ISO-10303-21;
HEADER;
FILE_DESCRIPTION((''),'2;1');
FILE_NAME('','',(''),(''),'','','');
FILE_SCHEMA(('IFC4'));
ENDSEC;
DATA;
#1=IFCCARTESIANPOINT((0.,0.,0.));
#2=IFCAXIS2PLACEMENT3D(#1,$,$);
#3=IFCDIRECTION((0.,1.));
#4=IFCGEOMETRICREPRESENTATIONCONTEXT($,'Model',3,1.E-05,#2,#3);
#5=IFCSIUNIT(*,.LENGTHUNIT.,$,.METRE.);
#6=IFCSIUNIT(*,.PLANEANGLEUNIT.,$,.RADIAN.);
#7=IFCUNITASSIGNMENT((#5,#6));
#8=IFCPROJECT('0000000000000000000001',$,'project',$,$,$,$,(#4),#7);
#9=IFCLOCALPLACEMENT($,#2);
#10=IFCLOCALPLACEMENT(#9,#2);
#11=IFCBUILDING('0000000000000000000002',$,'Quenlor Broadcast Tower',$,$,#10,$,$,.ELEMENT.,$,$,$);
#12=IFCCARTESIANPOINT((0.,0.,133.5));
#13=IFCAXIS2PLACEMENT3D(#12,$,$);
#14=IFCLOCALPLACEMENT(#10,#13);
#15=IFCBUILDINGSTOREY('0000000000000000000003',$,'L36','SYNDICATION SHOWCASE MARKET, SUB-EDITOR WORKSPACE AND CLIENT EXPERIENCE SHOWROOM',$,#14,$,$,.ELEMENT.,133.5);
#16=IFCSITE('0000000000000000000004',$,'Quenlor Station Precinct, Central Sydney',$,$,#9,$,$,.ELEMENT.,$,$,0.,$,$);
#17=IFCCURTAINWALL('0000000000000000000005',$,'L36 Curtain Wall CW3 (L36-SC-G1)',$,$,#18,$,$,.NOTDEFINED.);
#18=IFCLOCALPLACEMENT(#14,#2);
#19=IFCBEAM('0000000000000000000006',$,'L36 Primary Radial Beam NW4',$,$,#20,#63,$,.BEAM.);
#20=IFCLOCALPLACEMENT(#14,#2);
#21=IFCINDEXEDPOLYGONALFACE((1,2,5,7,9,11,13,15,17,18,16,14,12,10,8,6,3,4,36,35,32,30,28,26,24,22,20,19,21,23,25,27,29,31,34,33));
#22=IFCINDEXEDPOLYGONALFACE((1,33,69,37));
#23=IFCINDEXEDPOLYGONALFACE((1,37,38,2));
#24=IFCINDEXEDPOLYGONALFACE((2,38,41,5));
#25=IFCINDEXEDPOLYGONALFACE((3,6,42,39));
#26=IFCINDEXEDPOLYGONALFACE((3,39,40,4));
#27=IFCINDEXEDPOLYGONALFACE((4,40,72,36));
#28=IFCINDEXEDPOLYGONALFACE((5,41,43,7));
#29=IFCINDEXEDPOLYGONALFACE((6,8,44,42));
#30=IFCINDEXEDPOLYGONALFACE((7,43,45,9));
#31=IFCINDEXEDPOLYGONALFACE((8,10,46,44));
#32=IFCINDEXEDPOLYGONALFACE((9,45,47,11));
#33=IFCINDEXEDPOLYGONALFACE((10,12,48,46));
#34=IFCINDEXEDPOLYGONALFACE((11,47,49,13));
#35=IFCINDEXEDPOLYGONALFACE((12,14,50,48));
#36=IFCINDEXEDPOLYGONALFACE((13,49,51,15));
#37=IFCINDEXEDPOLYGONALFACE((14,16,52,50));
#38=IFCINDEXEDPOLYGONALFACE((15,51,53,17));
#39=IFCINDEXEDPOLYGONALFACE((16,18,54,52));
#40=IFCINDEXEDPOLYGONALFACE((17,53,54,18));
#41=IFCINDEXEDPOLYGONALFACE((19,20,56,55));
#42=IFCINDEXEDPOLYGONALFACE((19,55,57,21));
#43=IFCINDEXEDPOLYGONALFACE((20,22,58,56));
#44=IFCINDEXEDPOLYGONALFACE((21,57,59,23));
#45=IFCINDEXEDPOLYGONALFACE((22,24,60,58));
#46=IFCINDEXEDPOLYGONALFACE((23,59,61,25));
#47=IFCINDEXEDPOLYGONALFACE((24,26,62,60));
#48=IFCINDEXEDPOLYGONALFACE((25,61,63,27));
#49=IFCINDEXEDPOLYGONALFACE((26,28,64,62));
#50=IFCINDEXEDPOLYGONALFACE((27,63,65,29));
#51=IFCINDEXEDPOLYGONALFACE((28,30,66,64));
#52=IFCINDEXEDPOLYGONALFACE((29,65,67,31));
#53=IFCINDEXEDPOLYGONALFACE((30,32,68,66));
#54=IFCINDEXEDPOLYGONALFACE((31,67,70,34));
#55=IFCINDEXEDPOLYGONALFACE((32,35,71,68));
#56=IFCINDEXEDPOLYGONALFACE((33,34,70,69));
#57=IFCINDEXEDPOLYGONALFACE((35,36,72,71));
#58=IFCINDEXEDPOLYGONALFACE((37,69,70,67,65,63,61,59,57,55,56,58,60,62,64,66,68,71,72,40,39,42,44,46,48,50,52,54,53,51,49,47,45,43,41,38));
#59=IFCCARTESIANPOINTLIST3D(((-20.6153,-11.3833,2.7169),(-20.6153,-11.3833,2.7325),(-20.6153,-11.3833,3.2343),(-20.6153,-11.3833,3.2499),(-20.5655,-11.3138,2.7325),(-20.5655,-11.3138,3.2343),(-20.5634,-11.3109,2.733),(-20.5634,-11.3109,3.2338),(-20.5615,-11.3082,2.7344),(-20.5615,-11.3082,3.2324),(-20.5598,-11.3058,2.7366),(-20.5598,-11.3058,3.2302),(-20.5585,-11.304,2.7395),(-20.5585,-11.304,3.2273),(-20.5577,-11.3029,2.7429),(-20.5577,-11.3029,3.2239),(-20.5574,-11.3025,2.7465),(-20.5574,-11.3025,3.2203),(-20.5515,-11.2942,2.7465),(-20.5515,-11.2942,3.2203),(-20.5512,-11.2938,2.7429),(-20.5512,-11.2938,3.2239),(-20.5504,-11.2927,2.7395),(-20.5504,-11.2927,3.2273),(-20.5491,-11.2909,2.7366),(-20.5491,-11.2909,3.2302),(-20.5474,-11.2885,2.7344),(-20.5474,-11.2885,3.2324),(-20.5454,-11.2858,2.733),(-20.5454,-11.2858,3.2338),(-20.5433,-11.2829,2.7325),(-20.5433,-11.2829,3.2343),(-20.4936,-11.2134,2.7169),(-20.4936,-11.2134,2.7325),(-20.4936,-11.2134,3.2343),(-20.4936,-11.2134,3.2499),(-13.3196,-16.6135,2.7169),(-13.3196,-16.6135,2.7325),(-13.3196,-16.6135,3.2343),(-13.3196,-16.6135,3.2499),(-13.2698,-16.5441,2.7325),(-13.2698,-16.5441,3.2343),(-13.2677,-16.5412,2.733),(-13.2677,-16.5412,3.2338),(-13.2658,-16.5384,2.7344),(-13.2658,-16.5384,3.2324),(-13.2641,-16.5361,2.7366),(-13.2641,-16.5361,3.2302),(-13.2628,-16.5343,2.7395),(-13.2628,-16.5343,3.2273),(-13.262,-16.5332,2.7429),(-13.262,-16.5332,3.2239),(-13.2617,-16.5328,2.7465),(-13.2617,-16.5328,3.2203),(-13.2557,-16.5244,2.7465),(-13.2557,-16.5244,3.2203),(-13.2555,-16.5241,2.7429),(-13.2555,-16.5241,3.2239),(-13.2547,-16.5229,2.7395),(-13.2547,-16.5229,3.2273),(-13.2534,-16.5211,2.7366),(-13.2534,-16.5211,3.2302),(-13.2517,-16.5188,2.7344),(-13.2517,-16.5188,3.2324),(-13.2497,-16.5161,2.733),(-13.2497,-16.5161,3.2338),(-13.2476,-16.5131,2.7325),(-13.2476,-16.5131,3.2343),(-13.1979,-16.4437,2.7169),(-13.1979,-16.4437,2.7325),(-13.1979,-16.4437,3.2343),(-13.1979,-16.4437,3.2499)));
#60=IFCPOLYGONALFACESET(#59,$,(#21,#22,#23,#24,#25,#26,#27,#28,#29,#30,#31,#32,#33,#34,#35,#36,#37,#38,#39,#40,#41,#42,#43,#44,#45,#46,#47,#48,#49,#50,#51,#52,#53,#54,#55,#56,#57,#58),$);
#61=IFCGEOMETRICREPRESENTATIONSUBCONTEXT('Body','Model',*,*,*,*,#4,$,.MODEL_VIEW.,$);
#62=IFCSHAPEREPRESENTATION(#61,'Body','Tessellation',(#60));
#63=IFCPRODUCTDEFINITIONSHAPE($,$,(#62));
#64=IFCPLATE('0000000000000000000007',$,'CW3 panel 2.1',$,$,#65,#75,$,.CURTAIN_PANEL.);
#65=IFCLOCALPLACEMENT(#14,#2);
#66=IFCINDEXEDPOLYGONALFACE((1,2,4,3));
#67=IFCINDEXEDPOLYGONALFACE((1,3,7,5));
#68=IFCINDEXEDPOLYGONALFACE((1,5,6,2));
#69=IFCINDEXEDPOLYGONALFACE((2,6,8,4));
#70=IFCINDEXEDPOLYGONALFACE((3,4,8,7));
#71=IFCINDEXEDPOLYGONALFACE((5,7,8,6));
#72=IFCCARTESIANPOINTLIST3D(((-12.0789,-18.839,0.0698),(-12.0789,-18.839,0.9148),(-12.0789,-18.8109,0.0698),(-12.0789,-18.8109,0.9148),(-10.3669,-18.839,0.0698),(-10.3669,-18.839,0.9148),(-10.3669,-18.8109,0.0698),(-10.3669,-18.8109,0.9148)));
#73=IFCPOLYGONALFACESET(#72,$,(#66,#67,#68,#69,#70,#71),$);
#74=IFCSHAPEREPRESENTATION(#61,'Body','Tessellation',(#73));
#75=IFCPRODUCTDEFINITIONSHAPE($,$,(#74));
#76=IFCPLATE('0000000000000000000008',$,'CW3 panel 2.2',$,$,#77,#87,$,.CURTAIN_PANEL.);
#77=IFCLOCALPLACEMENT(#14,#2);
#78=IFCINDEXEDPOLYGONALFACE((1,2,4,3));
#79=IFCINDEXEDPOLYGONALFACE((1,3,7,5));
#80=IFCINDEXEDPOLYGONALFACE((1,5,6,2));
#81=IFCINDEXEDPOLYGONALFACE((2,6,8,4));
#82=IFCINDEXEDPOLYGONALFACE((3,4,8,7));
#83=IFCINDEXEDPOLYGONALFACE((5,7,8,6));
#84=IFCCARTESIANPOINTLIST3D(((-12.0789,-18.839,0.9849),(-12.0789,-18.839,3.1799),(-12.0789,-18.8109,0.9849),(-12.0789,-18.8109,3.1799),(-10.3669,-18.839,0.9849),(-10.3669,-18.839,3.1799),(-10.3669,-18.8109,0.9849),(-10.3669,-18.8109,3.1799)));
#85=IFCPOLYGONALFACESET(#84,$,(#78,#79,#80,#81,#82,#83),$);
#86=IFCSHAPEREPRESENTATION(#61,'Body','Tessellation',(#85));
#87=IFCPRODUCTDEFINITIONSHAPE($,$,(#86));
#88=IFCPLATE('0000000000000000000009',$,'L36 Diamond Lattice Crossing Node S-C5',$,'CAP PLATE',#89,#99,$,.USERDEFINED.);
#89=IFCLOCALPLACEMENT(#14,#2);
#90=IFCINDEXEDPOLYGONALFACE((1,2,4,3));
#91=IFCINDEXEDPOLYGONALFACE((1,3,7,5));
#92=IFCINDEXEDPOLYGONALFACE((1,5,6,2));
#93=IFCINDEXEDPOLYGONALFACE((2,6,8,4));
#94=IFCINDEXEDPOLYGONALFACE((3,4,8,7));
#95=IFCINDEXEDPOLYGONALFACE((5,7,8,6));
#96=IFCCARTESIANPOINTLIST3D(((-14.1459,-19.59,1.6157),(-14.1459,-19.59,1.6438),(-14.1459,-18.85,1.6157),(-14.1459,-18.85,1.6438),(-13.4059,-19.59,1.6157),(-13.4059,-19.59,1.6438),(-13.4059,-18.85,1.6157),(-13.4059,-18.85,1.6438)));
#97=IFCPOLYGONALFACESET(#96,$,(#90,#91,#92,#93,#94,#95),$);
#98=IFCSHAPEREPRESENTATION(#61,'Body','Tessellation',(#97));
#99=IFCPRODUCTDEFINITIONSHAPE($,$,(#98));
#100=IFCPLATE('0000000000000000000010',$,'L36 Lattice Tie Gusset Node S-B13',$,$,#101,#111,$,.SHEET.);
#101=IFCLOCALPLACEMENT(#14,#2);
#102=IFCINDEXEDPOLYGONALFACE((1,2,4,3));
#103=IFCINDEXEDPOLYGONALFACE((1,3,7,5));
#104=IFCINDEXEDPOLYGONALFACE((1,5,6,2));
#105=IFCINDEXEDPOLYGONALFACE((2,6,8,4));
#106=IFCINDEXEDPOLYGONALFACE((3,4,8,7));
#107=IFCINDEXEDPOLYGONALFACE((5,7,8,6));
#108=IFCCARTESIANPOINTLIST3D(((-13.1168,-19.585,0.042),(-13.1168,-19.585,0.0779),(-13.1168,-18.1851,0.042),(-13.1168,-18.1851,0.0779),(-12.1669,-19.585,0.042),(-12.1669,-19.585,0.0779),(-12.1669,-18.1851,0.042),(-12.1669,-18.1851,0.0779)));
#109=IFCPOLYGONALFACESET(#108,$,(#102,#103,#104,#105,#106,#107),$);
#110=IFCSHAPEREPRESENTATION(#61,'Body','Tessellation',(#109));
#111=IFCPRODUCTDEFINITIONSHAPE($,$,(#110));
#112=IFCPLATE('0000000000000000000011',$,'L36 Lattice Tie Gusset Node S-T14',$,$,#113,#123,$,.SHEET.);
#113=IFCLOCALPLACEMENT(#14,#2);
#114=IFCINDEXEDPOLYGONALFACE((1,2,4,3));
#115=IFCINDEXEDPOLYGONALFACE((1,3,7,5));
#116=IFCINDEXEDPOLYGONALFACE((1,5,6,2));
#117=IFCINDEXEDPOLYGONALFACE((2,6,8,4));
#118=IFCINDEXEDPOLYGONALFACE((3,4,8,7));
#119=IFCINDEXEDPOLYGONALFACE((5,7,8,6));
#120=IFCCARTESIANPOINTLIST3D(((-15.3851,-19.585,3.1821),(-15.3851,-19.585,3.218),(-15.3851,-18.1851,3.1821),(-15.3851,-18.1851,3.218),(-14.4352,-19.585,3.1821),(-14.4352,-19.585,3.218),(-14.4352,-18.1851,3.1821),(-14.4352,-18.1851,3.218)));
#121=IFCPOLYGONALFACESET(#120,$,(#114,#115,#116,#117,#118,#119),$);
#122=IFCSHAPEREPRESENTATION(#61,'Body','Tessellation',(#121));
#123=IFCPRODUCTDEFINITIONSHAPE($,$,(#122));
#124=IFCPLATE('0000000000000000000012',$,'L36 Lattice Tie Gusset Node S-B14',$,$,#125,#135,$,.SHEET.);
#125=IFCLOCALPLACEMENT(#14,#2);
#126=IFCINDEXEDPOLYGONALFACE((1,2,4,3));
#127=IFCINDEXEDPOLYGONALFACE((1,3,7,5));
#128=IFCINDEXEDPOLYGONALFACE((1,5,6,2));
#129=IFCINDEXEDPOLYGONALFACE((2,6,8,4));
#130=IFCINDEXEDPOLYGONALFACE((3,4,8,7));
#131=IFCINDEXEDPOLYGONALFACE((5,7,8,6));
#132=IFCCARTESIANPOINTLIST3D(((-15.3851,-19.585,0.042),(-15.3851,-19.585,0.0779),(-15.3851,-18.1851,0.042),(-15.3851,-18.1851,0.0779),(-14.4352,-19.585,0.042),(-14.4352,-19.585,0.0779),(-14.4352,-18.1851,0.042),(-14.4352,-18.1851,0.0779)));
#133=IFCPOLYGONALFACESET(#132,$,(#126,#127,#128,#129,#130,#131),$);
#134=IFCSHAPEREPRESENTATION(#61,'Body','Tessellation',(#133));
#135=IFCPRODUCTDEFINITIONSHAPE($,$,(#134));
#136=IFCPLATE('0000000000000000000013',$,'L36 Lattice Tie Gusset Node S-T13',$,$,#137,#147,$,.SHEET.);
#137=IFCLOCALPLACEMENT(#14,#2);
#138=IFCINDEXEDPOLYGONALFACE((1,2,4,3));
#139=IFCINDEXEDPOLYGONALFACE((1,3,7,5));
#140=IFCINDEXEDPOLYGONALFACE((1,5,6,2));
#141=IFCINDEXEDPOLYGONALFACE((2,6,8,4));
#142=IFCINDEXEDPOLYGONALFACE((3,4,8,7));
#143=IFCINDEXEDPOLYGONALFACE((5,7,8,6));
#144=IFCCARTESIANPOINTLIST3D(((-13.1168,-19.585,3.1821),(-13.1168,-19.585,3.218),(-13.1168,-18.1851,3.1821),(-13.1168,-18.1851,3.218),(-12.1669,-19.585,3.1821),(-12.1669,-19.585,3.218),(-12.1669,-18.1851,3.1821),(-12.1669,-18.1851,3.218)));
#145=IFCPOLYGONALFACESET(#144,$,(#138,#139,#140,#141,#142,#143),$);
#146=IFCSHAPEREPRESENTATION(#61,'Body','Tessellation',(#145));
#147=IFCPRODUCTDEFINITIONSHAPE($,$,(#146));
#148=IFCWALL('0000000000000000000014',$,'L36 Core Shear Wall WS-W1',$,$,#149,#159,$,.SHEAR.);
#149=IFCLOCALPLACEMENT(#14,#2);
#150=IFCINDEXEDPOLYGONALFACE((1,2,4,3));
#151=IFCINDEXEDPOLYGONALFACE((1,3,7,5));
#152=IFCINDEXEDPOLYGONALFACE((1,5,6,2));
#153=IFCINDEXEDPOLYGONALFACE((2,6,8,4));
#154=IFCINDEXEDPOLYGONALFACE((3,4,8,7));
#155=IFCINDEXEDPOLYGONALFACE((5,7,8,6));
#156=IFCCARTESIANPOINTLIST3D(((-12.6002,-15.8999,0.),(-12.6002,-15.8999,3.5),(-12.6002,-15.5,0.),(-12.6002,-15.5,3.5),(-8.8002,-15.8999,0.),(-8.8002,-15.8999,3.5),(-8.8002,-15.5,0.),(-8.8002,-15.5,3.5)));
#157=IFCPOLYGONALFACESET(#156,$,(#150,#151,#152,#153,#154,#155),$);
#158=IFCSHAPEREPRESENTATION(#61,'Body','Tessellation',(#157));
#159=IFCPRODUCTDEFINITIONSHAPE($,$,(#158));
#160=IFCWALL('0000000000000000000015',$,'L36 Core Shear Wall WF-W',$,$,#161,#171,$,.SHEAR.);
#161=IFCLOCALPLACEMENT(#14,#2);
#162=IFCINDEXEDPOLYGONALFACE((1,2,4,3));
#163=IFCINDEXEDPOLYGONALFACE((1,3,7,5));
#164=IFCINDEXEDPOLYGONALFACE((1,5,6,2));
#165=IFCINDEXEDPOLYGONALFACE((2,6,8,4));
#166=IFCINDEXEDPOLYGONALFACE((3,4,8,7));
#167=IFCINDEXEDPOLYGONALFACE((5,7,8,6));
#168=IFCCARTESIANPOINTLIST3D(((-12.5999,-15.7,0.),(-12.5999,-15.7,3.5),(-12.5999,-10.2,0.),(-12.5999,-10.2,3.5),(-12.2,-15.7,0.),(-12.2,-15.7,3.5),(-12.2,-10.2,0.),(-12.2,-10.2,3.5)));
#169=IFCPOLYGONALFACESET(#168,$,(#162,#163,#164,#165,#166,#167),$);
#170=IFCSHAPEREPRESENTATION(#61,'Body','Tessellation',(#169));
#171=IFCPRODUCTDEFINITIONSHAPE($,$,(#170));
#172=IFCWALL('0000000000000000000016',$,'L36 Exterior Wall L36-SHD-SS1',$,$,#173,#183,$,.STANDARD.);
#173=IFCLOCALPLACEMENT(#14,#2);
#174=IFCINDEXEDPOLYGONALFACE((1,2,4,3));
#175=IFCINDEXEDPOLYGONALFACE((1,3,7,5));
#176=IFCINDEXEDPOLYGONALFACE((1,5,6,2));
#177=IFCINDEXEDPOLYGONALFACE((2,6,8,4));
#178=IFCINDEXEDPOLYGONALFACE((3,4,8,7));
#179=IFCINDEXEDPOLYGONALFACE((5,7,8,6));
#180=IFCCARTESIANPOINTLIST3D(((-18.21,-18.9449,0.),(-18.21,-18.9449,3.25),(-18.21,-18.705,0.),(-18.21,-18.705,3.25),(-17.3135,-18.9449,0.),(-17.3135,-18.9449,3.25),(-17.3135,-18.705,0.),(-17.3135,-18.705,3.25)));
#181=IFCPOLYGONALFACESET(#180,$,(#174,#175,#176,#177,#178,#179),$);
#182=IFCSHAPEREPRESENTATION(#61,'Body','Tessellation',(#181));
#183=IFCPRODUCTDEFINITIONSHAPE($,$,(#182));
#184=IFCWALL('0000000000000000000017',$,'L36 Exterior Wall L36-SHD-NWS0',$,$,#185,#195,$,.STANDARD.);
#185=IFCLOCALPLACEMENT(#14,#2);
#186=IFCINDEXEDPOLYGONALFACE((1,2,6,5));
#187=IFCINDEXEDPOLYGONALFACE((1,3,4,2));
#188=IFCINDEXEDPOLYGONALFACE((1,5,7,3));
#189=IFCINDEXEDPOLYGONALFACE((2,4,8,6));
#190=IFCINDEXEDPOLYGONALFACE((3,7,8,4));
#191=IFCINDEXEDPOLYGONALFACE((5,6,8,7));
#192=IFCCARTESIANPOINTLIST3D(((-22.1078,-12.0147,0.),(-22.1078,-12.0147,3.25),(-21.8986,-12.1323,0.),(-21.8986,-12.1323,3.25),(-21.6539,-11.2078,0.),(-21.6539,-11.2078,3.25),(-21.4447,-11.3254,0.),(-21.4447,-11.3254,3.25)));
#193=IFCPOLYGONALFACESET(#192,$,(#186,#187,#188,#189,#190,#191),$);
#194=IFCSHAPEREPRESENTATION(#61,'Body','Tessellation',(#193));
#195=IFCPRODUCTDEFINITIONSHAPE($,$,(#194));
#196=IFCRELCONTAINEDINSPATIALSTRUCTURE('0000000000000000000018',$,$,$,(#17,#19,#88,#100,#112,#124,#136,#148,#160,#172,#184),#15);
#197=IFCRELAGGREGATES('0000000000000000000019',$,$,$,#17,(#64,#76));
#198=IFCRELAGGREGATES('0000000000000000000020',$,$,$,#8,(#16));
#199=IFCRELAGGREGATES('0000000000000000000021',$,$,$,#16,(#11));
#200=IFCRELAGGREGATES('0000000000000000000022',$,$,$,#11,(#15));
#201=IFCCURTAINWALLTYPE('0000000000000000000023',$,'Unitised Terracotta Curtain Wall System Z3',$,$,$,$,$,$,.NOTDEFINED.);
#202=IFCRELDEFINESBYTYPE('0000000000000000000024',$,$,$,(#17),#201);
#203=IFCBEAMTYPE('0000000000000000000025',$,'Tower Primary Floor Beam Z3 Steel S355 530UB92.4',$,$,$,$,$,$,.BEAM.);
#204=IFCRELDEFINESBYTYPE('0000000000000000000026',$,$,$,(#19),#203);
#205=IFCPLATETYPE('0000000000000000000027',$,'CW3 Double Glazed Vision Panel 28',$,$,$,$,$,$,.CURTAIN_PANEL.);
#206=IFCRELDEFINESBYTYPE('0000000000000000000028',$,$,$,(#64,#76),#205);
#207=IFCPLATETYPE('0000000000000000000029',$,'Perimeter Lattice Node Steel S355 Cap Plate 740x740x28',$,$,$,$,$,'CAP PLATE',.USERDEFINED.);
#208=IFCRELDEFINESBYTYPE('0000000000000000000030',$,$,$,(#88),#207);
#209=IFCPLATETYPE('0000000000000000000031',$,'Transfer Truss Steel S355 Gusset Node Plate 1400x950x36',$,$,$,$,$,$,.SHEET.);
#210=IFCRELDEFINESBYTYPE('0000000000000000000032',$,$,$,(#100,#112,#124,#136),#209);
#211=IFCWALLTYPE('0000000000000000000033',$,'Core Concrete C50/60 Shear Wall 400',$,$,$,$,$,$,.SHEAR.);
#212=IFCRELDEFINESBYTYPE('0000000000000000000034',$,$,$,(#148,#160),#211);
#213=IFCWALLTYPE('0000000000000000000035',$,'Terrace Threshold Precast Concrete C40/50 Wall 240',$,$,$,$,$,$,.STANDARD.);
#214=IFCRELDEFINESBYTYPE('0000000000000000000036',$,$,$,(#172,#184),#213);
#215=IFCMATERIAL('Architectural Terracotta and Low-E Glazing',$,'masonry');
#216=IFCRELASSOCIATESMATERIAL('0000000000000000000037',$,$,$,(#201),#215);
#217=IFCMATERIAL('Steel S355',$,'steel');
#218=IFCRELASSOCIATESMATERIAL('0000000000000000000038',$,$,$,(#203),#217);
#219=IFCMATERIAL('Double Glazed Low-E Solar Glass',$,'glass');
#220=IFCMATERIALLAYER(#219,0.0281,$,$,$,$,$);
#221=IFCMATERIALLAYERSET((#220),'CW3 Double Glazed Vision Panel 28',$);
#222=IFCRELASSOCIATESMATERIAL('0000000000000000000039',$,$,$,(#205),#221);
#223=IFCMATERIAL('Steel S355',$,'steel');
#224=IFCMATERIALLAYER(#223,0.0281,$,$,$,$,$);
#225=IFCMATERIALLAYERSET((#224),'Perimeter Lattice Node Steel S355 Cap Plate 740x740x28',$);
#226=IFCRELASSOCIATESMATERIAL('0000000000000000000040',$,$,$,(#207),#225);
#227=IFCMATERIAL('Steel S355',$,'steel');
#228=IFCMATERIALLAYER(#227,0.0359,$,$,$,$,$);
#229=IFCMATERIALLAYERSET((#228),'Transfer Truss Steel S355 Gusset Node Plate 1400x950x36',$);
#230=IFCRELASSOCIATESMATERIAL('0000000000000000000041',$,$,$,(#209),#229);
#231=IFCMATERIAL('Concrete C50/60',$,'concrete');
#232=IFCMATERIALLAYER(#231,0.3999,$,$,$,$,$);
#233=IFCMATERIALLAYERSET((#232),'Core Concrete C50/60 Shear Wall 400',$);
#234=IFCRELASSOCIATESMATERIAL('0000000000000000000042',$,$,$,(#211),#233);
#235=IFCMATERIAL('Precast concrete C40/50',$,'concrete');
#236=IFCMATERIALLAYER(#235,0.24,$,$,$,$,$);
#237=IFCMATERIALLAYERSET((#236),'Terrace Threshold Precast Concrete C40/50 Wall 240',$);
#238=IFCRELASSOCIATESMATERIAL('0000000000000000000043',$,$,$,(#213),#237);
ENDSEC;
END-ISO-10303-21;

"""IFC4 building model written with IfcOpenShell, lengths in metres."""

from ifc_helpers import new_model, si_unit, direction, frame, frame_2d, origin, origin_2d, place, context, subcontext, project, spatial, rectangle, i_section, extrude, material, layer, layer_set, material_profile, profile_set, type_object, element, aggregate, save


model = new_model("IFC4")

# Units and contexts
model_context = context("Model", 3, precision=1e-05, world=origin(), true_north=direction((0.0, 1.0)))
body_context = subcontext(model_context, "Body", "Model", "MODEL_VIEW")
ifc_project = project(units=[si_unit("LENGTHUNIT", "METRE"), si_unit("PLANEANGLEUNIT", "RADIAN")], contexts=[model_context])

# Site, building, storey
site_placement = place(None, origin())
site = spatial("IfcSite", under=ifc_project, at=site_placement, Name="Quenlor Station Precinct, Central Sydney", CompositionType="ELEMENT", RefElevation=0.0)
building_placement = place(site_placement, origin())
building = spatial("IfcBuilding", under=site, at=building_placement, Name="Quenlor Broadcast Tower", CompositionType="ELEMENT")
storey_placement = place(building_placement, frame((0.0, 0.0, 133.5)))
storey = spatial("IfcBuildingStorey", under=building, at=storey_placement, Name="L36", Description="SYNDICATION SHOWCASE MARKET, SUB-EDITOR WORKSPACE AND CLIENT EXPERIENCE SHOWROOM", CompositionType="ELEMENT", Elevation=133.5)

# Curtain wall
ifc_material_1 = material(Name="Architectural Terracotta and Low-E Glazing", Category="masonry")
curtain_wall_type = type_object("IfcCurtainWallType", Name="Unitised Terracotta Curtain Wall System Z3", PredefinedType="NOTDEFINED", material=ifc_material_1)
curtain_wall_placement = place(storey_placement, origin())
curtain_wall = element("IfcCurtainWall", 1, at=curtain_wall_placement, inside=storey, type_object=curtain_wall_type, Name="L36 Curtain Wall CW3 (L36-SC-G1)", PredefinedType="NOTDEFINED")

# Beam
ifc_material_2 = material(Name="Steel S355", Category="steel")
ifc_material_profile_1 = material_profile(ifc_material_2, i_section(OverallWidth=0.209, OverallDepth=0.533, WebThickness=0.0103, FlangeThickness=0.0156, FilletRadius=0.0139, at=origin_2d()))
ifc_profile_set_1 = profile_set([ifc_material_profile_1], Name="Steel S355 530UB92.4")
beam_type_1 = type_object("IfcBeamType", Name="Tower Primary Floor Beam Z3 Steel S355 530UB92.4", PredefinedType="BEAM", material=ifc_profile_set_1)
beam_1_placement = place(storey_placement, frame((-20.5544, -11.2983, 2.9834), z_axis=(0.812729, -0.582642, 0.0), x_axis=(0.582642, 0.812729, 0.0)))
element("IfcBeam", 2, at=beam_1_placement, inside=storey, type_object=beam_type_1, Name="L36 Primary Radial Beam NW4", PredefinedType="BEAM", context=body_context, shape_type="SweptSolid", body=[
    extrude(i_section(OverallWidth=0.209, OverallDepth=0.533, WebThickness=0.0103, FlangeThickness=0.0156, FilletRadius=0.0139, at=origin_2d()), origin(), (0.0, 0.0, 1.0), 8.9768),
])

# Plates
ifc_material_3 = material(Name="Double Glazed Low-E Solar Glass", Category="glass")
ifc_layer_1 = layer(ifc_material_3, 0.0281)
ifc_layer_set_1 = layer_set([ifc_layer_1], Name="CW3 Double Glazed Vision Panel 28")
plate_type_1 = type_object("IfcPlateType", Name="CW3 Double Glazed Vision Panel 28", PredefinedType="CURTAIN_PANEL", material=ifc_layer_set_1)
plate_1_placement = place(storey_placement, frame((-11.2229, -18.825, 0.0698), z_axis=(0.0, 0.0, 1.0), x_axis=(-1.0, 0.0, 0.0)))
plate_1 = element("IfcPlate", 3, at=plate_1_placement, type_object=plate_type_1, Name="CW3 panel 2.1", PredefinedType="CURTAIN_PANEL", context=body_context, shape_type="SweptSolid", body=[
    extrude(rectangle(XDim=1.7119, YDim=0.0281, at=origin_2d()), origin(), (0.0, 0.0, 1.0), 0.845),
])
plate_2_placement = place(storey_placement, frame((-11.2229, -18.825, 0.9849), z_axis=(0.0, 0.0, 1.0), x_axis=(-1.0, 0.0, 0.0)))
plate_2 = element("IfcPlate", 4, at=plate_2_placement, type_object=plate_type_1, Name="CW3 panel 2.2", PredefinedType="CURTAIN_PANEL", context=body_context, shape_type="SweptSolid", body=[
    extrude(rectangle(XDim=1.7119, YDim=0.0281, at=origin_2d()), origin(), (0.0, 0.0, 1.0), 2.1951),
])
aggregate(curtain_wall, [plate_1, plate_2])

# Plates
ifc_material_4 = material(Name="Steel S355", Category="steel")
ifc_layer_2 = layer(ifc_material_4, 0.0281)
ifc_layer_set_2 = layer_set([ifc_layer_2], Name="Perimeter Lattice Node Steel S355 Cap Plate 740x740x28")
plate_type_2 = type_object("IfcPlateType", Name="Perimeter Lattice Node Steel S355 Cap Plate 740x740x28", ElementType="CAP PLATE", PredefinedType="USERDEFINED", material=ifc_layer_set_2)
plate_3_placement = place(storey_placement, frame((-13.7759, -19.22, 1.6157), z_axis=(0.0, 0.0, 1.0), x_axis=(-1.0, 0.0, 0.0)))
element("IfcPlate", 5, at=plate_3_placement, inside=storey, type_object=plate_type_2, Name="L36 Diamond Lattice Crossing Node S-C5", ObjectType="CAP PLATE", PredefinedType="USERDEFINED", context=body_context, shape_type="SweptSolid", body=[
    extrude(rectangle(XDim=0.74, YDim=0.74, at=origin_2d()), origin(), (0.0, 0.0, 1.0), 0.0281),
])
ifc_material_5 = material(Name="Steel S355", Category="steel")
ifc_layer_3 = layer(ifc_material_5, 0.0359)
ifc_layer_set_3 = layer_set([ifc_layer_3], Name="Transfer Truss Steel S355 Gusset Node Plate 1400x950x36")
plate_type_3 = type_object("IfcPlateType", Name="Transfer Truss Steel S355 Gusset Node Plate 1400x950x36", PredefinedType="SHEET", material=ifc_layer_set_3)
for number, where, z_axis, x_axis, name in (
    (6, (-12.6418, -18.885, 0.042), (0.0, 0.0, 1.0), (0.0, -1.0, 0.0), "L36 Lattice Tie Gusset Node S-B13"),
    (7, (-14.9102, -18.885, 3.1821), (0.0, 0.0, 1.0), (0.0, -1.0, 0.0), "L36 Lattice Tie Gusset Node S-T14"),
    (8, (-14.9102, -18.885, 0.042), (0.0, 0.0, 1.0), (0.0, -1.0, 0.0), "L36 Lattice Tie Gusset Node S-B14"),
    (9, (-12.6418, -18.885, 3.1821), (0.0, 0.0, 1.0), (0.0, -1.0, 0.0), "L36 Lattice Tie Gusset Node S-T13"),
):
    element("IfcPlate", number, at=place(storey_placement, frame(where, z_axis=z_axis, x_axis=x_axis)), inside=storey, type_object=plate_type_3, Name=name, PredefinedType="SHEET", context=body_context, shape_type="SweptSolid", body=[
        extrude(rectangle(XDim=1.3999, YDim=0.95, at=origin_2d()), origin(), (0.0, 0.0, 1.0), 0.0359),
    ])

# Walls
ifc_material_6 = material(Name="Concrete C50/60", Category="concrete")
ifc_layer_4 = layer(ifc_material_6, 0.3999)
ifc_layer_set_4 = layer_set([ifc_layer_4], Name="Core Concrete C50/60 Shear Wall 400")
wall_type_1 = type_object("IfcWallType", Name="Core Concrete C50/60 Shear Wall 400", PredefinedType="SHEAR", material=ifc_layer_set_4)
wall_1_placement = place(storey_placement, frame((-12.6001, -15.7, 0.0), z_axis=(0.0, 0.0, 1.0), x_axis=(1.0, 0.0, 0.0)))
element("IfcWall", 10, at=wall_1_placement, inside=storey, type_object=wall_type_1, Name="L36 Core Shear Wall WS-W1", PredefinedType="SHEAR", context=body_context, shape_type="SweptSolid", body=[
    extrude(rectangle(XDim=3.8, YDim=0.3999, at=frame_2d((1.8999, 0.0))), origin(), (0.0, 0.0, 1.0), 3.5),
])
wall_2_placement = place(storey_placement, frame((-12.3999, -15.7, 0.0), z_axis=(0.0, 0.0, 1.0), x_axis=(0.0, 1.0, 0.0)))
element("IfcWall", 11, at=wall_2_placement, inside=storey, type_object=wall_type_1, Name="L36 Core Shear Wall WF-W", PredefinedType="SHEAR", context=body_context, shape_type="SweptSolid", body=[
    extrude(rectangle(XDim=5.5, YDim=0.3999, at=frame_2d((2.75, 0.0))), origin(), (0.0, 0.0, 1.0), 3.5),
])
ifc_material_7 = material(Name="Precast concrete C40/50", Category="concrete")
ifc_layer_5 = layer(ifc_material_7, 0.24)
ifc_layer_set_5 = layer_set([ifc_layer_5], Name="Terrace Threshold Precast Concrete C40/50 Wall 240")
wall_type_2 = type_object("IfcWallType", Name="Terrace Threshold Precast Concrete C40/50 Wall 240", PredefinedType="STANDARD", material=ifc_layer_set_5)
wall_3_placement = place(storey_placement, frame((-17.3135, -18.825, 0.0), z_axis=(0.0, 0.0, 1.0), x_axis=(-1.0, 0.0, 0.0)))
element("IfcWall", 12, at=wall_3_placement, inside=storey, type_object=wall_type_2, Name="L36 Exterior Wall L36-SHD-SS1", PredefinedType="STANDARD", context=body_context, shape_type="SweptSolid", body=[
    extrude(rectangle(XDim=0.8965, YDim=0.24, at=frame_2d((0.4482, 0.0))), origin(), (0.0, 0.0, 1.0), 3.25),
])
wall_4_placement = place(storey_placement, frame((-22.0032, -12.0735, 0.0), z_axis=(0.0, 0.0, 1.0), x_axis=(0.490249, 0.871583, 0.0)))
element("IfcWall", 13, at=wall_4_placement, inside=storey, type_object=wall_type_2, Name="L36 Exterior Wall L36-SHD-NWS0", PredefinedType="STANDARD", context=body_context, shape_type="SweptSolid", body=[
    extrude(rectangle(XDim=0.9258, YDim=0.24, at=frame_2d((0.4629, 0.0))), origin(), (0.0, 0.0, 1.0), 3.25),
])

save(model, "model.ifc")
